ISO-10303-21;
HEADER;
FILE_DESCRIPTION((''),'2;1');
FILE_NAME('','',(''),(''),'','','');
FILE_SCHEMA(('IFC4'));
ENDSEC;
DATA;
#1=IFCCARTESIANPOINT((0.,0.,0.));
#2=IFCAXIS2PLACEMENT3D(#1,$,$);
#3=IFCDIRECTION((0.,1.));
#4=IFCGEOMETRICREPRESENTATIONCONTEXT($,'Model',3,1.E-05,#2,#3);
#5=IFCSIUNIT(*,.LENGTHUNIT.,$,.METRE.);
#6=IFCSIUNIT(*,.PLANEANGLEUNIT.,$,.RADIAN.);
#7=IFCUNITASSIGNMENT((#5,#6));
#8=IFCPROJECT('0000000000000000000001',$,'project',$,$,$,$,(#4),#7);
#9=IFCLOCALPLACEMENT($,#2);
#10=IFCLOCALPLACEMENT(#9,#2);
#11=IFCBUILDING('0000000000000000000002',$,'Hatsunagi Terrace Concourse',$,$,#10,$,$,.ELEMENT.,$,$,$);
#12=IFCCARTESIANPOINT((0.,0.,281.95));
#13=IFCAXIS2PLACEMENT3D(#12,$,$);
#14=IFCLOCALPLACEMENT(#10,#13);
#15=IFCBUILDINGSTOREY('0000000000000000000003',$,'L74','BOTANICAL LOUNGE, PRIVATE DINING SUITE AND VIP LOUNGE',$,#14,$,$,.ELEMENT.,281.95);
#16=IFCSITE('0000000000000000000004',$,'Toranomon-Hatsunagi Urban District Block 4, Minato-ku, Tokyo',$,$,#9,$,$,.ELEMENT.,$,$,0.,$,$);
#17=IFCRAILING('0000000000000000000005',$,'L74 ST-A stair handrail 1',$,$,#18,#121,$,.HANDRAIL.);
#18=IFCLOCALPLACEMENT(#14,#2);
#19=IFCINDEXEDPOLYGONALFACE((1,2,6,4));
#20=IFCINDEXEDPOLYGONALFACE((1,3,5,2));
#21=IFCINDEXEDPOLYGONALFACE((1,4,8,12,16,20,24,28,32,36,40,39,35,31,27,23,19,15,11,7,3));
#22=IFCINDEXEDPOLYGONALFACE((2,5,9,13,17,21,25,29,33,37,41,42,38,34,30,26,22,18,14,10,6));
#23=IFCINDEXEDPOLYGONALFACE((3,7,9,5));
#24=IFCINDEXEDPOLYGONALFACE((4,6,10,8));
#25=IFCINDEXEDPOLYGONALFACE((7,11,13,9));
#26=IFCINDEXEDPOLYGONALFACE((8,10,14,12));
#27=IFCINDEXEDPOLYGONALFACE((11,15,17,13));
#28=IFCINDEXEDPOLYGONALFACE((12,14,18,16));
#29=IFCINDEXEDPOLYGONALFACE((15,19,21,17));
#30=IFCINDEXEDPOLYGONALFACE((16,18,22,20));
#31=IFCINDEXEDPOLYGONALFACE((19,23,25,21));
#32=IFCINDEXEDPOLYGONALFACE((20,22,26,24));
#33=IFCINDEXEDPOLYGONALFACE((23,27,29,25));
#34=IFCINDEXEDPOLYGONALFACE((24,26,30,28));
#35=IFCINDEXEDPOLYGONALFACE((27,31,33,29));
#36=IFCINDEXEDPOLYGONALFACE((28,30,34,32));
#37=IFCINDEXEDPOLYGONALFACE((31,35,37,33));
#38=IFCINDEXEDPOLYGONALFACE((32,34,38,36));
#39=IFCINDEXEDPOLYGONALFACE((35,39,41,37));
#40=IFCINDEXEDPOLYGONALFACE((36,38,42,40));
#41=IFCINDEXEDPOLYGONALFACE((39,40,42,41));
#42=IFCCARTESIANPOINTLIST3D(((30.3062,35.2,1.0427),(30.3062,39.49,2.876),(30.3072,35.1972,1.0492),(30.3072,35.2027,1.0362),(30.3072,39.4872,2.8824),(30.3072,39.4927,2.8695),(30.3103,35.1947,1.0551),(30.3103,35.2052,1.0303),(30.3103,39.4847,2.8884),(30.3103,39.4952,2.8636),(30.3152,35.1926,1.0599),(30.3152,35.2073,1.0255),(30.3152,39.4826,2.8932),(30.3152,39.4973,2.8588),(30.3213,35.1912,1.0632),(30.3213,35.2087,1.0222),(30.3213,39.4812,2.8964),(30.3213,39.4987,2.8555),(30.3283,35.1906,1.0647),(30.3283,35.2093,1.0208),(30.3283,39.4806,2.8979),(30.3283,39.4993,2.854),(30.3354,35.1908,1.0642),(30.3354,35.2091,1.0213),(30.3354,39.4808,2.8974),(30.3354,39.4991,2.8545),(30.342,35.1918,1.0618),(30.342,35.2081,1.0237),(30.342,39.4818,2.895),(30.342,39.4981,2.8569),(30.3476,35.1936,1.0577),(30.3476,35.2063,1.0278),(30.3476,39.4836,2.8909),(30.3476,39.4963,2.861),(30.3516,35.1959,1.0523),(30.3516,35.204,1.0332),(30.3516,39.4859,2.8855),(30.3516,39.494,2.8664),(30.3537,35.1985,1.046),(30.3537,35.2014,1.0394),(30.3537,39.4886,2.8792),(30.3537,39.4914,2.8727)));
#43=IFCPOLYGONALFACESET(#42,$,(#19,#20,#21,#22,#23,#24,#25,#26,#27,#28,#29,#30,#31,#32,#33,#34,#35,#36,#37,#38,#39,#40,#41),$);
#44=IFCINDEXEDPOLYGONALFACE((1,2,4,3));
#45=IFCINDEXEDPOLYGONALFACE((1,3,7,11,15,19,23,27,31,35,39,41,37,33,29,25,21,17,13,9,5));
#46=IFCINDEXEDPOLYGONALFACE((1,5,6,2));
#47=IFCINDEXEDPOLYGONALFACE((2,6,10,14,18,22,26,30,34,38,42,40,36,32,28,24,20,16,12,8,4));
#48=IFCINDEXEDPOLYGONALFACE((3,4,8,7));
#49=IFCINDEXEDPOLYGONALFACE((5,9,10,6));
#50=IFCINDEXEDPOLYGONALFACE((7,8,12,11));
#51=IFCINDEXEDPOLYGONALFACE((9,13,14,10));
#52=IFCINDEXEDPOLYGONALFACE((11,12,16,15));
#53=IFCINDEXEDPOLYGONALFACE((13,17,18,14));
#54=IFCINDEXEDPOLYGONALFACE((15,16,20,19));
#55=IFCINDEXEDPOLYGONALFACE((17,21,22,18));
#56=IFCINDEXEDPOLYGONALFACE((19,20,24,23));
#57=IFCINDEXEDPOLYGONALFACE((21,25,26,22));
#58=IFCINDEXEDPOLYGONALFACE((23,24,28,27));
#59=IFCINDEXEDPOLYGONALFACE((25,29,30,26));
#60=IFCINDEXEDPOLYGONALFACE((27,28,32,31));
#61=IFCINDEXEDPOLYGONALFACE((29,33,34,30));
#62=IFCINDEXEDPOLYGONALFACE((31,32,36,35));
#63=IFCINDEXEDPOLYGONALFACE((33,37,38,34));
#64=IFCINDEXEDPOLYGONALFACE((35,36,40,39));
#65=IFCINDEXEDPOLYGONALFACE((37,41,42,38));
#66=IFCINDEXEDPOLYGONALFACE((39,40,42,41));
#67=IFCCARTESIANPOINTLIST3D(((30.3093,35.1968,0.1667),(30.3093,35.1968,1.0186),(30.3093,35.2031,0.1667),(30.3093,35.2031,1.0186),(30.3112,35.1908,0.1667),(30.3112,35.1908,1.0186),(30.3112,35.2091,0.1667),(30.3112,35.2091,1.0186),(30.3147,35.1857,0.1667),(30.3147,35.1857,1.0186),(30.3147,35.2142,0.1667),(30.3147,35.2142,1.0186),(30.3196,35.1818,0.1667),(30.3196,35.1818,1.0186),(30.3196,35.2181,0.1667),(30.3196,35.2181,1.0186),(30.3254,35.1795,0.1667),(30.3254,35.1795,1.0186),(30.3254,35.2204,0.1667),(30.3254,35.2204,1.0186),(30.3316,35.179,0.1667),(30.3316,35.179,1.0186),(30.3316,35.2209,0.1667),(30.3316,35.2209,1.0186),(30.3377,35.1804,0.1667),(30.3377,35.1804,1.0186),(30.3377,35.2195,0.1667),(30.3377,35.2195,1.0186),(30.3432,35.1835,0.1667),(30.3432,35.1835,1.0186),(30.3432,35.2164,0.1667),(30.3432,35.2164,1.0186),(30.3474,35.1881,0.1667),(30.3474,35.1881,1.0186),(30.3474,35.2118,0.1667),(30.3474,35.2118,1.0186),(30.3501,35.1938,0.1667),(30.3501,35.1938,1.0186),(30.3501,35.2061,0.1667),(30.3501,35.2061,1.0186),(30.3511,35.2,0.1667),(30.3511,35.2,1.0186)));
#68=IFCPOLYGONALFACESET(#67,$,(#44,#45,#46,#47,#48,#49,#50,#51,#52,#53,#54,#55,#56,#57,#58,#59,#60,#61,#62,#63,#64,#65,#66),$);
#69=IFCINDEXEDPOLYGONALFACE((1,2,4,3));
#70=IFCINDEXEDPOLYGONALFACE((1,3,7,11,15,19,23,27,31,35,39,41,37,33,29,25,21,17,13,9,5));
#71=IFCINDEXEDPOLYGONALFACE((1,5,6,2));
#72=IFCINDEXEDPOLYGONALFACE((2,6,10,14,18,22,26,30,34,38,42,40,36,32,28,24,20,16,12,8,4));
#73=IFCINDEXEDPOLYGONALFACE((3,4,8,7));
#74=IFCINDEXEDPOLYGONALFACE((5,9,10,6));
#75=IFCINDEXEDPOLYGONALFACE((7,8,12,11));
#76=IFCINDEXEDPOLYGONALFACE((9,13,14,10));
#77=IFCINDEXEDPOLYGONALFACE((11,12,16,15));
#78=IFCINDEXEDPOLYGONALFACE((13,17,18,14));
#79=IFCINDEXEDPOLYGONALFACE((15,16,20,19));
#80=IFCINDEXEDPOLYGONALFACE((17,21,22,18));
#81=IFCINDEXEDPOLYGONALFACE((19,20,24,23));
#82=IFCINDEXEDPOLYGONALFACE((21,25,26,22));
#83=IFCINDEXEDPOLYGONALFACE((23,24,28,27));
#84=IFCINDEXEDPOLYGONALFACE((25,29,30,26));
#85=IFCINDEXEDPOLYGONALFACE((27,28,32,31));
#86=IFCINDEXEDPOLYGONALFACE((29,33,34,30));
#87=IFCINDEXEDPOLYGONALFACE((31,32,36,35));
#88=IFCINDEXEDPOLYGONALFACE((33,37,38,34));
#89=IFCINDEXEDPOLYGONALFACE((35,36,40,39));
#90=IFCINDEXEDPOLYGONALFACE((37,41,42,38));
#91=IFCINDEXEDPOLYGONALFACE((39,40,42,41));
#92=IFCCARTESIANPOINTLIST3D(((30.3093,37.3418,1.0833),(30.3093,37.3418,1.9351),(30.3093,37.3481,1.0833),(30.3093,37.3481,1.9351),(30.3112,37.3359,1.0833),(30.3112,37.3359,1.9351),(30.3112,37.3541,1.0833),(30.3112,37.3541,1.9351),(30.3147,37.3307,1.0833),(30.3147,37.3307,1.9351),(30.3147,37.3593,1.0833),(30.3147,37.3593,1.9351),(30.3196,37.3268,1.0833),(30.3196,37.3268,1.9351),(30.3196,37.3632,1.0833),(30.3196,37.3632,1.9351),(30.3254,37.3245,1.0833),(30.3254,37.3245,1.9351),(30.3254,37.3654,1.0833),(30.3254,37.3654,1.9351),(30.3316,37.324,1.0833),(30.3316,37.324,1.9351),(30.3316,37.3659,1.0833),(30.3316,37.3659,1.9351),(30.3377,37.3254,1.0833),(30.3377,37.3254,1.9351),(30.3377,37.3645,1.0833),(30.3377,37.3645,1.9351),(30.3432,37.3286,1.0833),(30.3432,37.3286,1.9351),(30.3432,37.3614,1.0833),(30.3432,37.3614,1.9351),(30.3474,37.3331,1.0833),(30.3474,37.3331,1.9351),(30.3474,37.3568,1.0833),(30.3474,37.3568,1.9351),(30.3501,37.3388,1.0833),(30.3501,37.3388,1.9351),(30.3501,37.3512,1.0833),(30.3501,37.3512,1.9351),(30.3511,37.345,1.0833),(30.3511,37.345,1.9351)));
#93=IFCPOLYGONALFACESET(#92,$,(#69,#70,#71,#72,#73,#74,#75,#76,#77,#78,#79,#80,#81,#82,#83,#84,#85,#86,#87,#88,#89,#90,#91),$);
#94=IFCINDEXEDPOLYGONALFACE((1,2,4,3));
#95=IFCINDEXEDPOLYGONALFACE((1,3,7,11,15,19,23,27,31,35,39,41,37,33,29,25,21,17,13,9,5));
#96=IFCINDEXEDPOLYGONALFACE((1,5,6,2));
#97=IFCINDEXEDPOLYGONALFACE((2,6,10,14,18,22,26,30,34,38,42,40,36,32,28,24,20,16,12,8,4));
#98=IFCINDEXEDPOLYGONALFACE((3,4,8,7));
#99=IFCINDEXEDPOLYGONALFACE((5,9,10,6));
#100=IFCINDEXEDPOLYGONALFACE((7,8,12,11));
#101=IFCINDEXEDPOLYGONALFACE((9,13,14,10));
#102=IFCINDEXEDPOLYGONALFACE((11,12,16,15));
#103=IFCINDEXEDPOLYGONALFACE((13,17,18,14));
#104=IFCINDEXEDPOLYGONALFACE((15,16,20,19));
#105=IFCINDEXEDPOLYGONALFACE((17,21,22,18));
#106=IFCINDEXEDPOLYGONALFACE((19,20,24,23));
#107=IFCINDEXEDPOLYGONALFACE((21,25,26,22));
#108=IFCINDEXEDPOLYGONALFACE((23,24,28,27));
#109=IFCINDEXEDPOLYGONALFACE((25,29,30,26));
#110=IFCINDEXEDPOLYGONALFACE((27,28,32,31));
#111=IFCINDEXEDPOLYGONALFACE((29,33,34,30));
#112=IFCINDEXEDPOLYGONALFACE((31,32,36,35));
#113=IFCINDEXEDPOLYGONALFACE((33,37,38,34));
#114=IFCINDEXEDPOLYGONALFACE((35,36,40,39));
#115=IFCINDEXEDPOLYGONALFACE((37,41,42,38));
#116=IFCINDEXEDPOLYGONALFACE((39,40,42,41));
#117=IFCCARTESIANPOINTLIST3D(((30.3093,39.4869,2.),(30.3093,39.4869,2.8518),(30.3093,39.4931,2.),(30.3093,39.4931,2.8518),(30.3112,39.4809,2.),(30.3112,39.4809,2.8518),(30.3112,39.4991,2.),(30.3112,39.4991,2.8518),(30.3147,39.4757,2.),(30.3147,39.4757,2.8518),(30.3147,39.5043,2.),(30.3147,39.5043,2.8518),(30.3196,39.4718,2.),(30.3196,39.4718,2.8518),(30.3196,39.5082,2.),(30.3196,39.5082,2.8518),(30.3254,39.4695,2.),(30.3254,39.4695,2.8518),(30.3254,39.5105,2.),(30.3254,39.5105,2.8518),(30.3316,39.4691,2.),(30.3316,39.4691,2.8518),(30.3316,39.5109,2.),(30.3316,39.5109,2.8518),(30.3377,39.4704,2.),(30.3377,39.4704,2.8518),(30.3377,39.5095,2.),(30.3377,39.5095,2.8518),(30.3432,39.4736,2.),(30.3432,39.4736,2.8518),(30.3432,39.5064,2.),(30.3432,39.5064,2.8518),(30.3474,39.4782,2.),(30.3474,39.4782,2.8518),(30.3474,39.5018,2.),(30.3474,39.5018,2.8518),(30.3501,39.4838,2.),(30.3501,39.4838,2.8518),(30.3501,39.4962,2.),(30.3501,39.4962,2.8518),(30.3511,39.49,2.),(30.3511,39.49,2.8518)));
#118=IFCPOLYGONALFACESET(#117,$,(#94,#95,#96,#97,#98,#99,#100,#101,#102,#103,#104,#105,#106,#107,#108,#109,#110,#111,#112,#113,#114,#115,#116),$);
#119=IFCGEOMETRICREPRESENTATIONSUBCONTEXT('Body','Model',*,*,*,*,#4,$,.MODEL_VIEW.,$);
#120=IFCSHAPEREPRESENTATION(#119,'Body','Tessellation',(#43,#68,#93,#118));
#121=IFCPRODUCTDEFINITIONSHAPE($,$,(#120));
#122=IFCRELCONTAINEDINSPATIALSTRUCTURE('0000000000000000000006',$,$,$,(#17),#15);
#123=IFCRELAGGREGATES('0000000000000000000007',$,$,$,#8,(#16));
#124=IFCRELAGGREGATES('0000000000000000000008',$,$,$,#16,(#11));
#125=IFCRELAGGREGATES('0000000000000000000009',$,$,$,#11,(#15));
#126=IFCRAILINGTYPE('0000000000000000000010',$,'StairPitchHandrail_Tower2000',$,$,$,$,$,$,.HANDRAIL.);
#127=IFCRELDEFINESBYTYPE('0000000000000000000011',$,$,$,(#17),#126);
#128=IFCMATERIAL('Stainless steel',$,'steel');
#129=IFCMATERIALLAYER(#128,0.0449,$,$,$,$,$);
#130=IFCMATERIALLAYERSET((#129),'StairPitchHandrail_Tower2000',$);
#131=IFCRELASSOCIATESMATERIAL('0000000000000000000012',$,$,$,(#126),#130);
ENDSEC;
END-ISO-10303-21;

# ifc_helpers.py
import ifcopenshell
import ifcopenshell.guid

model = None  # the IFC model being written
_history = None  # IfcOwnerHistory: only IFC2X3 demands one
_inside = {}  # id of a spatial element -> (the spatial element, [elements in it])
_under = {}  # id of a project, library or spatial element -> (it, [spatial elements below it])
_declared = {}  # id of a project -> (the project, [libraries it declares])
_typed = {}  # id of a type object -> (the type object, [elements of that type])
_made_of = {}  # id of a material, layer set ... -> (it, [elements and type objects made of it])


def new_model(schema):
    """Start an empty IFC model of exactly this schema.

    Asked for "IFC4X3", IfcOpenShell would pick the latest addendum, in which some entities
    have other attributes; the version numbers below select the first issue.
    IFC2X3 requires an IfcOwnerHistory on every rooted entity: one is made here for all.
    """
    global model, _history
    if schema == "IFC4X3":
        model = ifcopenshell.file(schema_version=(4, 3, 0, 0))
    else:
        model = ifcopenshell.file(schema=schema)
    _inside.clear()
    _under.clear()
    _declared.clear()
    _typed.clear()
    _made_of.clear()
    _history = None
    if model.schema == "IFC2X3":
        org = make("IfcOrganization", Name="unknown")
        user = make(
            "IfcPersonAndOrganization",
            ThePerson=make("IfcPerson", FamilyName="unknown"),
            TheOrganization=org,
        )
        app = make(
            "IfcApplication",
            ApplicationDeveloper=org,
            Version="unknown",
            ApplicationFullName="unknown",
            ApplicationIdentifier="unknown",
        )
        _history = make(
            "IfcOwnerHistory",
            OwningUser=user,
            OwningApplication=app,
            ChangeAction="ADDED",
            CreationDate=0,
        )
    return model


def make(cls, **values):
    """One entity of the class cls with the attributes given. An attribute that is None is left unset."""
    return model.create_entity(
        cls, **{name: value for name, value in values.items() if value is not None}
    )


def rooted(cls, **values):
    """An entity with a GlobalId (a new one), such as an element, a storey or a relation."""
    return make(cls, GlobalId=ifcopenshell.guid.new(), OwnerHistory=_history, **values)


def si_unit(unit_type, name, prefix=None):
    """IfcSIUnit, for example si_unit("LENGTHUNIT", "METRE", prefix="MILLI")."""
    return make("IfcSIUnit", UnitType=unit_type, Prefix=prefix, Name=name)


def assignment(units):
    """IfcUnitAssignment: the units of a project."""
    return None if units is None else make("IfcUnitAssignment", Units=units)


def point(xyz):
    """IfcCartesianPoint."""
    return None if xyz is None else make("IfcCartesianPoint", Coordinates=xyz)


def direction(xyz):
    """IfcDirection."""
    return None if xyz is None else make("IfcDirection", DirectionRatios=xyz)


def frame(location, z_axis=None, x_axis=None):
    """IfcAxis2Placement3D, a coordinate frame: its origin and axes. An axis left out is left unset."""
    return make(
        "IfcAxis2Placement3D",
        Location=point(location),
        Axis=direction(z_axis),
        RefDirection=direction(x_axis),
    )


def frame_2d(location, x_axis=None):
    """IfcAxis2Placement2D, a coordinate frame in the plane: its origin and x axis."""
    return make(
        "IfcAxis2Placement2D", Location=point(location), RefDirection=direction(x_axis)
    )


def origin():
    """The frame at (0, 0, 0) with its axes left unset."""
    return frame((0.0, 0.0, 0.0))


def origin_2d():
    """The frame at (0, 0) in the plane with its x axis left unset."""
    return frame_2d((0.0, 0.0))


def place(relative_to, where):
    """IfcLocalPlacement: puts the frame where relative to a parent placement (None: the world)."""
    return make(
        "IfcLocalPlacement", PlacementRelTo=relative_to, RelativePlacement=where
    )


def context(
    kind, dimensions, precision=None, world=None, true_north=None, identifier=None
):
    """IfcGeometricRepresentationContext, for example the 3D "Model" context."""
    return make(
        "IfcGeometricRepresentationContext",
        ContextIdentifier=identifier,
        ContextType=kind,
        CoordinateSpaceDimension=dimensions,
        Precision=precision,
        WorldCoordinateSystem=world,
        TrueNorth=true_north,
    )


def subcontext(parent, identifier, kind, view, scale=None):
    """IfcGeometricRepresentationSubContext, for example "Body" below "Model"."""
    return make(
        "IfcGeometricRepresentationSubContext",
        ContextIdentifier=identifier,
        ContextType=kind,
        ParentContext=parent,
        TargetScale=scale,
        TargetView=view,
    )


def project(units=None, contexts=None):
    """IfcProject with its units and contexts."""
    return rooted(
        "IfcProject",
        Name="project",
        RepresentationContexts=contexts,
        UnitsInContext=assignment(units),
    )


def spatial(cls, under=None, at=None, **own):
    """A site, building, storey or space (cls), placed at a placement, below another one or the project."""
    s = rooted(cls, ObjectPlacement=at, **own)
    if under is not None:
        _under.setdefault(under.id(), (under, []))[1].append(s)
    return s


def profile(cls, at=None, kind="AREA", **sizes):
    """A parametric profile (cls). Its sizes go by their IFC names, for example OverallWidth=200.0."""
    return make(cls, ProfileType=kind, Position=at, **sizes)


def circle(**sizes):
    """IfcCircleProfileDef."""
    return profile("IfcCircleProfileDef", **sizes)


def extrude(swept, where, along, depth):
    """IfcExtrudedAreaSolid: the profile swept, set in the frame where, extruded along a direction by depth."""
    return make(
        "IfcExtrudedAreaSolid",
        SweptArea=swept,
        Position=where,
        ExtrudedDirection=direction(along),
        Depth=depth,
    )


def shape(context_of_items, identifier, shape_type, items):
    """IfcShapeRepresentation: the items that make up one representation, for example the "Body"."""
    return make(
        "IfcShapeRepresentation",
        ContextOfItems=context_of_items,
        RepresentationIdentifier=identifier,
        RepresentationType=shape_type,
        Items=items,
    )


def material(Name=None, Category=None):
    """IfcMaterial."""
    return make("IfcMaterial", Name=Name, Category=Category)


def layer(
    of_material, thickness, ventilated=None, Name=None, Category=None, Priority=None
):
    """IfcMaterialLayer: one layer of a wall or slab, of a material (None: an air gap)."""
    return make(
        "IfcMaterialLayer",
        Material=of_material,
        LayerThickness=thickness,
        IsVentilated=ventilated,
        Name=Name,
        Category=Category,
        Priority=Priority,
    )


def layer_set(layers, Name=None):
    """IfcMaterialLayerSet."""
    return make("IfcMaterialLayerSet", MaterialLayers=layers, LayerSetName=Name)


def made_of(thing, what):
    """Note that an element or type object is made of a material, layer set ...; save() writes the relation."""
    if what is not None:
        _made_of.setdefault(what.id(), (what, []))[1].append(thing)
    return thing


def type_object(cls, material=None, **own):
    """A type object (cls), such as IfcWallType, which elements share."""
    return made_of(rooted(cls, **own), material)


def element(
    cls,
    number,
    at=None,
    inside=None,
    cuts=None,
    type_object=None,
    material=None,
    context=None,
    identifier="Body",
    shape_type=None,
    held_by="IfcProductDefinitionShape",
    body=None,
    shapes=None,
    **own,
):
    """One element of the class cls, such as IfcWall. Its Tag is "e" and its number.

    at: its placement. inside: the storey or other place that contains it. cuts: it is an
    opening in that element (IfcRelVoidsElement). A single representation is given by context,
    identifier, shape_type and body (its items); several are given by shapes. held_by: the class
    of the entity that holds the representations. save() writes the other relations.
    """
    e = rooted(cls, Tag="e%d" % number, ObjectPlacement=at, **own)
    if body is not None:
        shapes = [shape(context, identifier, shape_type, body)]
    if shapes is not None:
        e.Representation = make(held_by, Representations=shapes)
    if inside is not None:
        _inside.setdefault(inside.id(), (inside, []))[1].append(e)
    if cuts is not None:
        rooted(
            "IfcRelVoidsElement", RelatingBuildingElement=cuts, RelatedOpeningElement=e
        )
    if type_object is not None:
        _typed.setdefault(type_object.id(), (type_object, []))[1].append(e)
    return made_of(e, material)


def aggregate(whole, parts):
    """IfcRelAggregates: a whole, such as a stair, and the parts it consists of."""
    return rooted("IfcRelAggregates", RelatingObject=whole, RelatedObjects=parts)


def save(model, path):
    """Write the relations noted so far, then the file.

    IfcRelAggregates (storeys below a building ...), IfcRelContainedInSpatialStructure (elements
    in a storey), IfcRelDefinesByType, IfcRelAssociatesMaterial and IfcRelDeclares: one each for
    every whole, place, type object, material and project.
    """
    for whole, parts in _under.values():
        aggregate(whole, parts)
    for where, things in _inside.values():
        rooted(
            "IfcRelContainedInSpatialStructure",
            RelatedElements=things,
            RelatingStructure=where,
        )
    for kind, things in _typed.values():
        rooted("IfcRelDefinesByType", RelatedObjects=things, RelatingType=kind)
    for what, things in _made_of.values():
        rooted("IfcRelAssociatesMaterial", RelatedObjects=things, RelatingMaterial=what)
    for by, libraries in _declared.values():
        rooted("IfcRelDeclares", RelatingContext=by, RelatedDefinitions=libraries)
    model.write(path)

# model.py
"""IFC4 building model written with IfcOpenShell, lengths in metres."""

from ifc_helpers import new_model, si_unit, direction, frame, origin, origin_2d, place, context, subcontext, project, spatial, circle, extrude, material, layer, layer_set, type_object, element, save


model = new_model("IFC4")

# Units and contexts
model_context = context("Model", 3, precision=1e-05, world=origin(), true_north=direction((0.0, 1.0)))
body_context = subcontext(model_context, "Body", "Model", "MODEL_VIEW")
ifc_project = project(units=[si_unit("LENGTHUNIT", "METRE"), si_unit("PLANEANGLEUNIT", "RADIAN")], contexts=[model_context])

# Site, building, storey
site_placement = place(None, origin())
site = spatial("IfcSite", under=ifc_project, at=site_placement, Name="Toranomon-Hatsunagi Urban District Block 4, Minato-ku, Tokyo", CompositionType="ELEMENT", RefElevation=0.0)
building_placement = place(site_placement, origin())
building = spatial("IfcBuilding", under=site, at=building_placement, Name="Hatsunagi Terrace Concourse", CompositionType="ELEMENT")
storey_placement = place(building_placement, frame((0.0, 0.0, 281.95)))
storey = spatial("IfcBuildingStorey", under=building, at=storey_placement, Name="L74", Description="BOTANICAL LOUNGE, PRIVATE DINING SUITE AND VIP LOUNGE", CompositionType="ELEMENT", Elevation=281.95)

# Railing
ifc_material_1 = material(Name="Stainless steel", Category="steel")
ifc_layer_1 = layer(ifc_material_1, 0.0449)
ifc_layer_set_1 = layer_set([ifc_layer_1], Name="StairPitchHandrail_Tower2000")
railing_type_1 = type_object("IfcRailingType", Name="StairPitchHandrail_Tower2000", PredefinedType="HANDRAIL", material=ifc_layer_set_1)
railing_1_placement = place(storey_placement, frame((30.3301, 35.2, 0.1667)))
element("IfcRailing", 1, at=railing_1_placement, inside=storey, type_object=railing_type_1, Name="L74 ST-A stair handrail 1", PredefinedType="HANDRAIL", context=body_context, shape_type="SweptSolid", body=[
    extrude(circle(Radius=0.0239, at=origin_2d()), frame((0.0, 0.0, 0.876), z_axis=(0.0, 0.919559, 0.392953), x_axis=(-1.0, 0.0, 0.0)), (0.0, 0.0, 1.0), 4.6653),
    extrude(circle(Radius=0.021, at=origin_2d()), origin(), (0.0, 0.0, 1.0), 0.8518),
    extrude(circle(Radius=0.021, at=origin_2d()), frame((0.0, 2.145, 0.9165)), (0.0, 0.0, 1.0), 0.8518),
    extrude(circle(Radius=0.021, at=origin_2d()), frame((0.0, 4.29, 1.8333)), (0.0, 0.0, 1.0), 0.8518),
])

save(model, "model.ifc")
